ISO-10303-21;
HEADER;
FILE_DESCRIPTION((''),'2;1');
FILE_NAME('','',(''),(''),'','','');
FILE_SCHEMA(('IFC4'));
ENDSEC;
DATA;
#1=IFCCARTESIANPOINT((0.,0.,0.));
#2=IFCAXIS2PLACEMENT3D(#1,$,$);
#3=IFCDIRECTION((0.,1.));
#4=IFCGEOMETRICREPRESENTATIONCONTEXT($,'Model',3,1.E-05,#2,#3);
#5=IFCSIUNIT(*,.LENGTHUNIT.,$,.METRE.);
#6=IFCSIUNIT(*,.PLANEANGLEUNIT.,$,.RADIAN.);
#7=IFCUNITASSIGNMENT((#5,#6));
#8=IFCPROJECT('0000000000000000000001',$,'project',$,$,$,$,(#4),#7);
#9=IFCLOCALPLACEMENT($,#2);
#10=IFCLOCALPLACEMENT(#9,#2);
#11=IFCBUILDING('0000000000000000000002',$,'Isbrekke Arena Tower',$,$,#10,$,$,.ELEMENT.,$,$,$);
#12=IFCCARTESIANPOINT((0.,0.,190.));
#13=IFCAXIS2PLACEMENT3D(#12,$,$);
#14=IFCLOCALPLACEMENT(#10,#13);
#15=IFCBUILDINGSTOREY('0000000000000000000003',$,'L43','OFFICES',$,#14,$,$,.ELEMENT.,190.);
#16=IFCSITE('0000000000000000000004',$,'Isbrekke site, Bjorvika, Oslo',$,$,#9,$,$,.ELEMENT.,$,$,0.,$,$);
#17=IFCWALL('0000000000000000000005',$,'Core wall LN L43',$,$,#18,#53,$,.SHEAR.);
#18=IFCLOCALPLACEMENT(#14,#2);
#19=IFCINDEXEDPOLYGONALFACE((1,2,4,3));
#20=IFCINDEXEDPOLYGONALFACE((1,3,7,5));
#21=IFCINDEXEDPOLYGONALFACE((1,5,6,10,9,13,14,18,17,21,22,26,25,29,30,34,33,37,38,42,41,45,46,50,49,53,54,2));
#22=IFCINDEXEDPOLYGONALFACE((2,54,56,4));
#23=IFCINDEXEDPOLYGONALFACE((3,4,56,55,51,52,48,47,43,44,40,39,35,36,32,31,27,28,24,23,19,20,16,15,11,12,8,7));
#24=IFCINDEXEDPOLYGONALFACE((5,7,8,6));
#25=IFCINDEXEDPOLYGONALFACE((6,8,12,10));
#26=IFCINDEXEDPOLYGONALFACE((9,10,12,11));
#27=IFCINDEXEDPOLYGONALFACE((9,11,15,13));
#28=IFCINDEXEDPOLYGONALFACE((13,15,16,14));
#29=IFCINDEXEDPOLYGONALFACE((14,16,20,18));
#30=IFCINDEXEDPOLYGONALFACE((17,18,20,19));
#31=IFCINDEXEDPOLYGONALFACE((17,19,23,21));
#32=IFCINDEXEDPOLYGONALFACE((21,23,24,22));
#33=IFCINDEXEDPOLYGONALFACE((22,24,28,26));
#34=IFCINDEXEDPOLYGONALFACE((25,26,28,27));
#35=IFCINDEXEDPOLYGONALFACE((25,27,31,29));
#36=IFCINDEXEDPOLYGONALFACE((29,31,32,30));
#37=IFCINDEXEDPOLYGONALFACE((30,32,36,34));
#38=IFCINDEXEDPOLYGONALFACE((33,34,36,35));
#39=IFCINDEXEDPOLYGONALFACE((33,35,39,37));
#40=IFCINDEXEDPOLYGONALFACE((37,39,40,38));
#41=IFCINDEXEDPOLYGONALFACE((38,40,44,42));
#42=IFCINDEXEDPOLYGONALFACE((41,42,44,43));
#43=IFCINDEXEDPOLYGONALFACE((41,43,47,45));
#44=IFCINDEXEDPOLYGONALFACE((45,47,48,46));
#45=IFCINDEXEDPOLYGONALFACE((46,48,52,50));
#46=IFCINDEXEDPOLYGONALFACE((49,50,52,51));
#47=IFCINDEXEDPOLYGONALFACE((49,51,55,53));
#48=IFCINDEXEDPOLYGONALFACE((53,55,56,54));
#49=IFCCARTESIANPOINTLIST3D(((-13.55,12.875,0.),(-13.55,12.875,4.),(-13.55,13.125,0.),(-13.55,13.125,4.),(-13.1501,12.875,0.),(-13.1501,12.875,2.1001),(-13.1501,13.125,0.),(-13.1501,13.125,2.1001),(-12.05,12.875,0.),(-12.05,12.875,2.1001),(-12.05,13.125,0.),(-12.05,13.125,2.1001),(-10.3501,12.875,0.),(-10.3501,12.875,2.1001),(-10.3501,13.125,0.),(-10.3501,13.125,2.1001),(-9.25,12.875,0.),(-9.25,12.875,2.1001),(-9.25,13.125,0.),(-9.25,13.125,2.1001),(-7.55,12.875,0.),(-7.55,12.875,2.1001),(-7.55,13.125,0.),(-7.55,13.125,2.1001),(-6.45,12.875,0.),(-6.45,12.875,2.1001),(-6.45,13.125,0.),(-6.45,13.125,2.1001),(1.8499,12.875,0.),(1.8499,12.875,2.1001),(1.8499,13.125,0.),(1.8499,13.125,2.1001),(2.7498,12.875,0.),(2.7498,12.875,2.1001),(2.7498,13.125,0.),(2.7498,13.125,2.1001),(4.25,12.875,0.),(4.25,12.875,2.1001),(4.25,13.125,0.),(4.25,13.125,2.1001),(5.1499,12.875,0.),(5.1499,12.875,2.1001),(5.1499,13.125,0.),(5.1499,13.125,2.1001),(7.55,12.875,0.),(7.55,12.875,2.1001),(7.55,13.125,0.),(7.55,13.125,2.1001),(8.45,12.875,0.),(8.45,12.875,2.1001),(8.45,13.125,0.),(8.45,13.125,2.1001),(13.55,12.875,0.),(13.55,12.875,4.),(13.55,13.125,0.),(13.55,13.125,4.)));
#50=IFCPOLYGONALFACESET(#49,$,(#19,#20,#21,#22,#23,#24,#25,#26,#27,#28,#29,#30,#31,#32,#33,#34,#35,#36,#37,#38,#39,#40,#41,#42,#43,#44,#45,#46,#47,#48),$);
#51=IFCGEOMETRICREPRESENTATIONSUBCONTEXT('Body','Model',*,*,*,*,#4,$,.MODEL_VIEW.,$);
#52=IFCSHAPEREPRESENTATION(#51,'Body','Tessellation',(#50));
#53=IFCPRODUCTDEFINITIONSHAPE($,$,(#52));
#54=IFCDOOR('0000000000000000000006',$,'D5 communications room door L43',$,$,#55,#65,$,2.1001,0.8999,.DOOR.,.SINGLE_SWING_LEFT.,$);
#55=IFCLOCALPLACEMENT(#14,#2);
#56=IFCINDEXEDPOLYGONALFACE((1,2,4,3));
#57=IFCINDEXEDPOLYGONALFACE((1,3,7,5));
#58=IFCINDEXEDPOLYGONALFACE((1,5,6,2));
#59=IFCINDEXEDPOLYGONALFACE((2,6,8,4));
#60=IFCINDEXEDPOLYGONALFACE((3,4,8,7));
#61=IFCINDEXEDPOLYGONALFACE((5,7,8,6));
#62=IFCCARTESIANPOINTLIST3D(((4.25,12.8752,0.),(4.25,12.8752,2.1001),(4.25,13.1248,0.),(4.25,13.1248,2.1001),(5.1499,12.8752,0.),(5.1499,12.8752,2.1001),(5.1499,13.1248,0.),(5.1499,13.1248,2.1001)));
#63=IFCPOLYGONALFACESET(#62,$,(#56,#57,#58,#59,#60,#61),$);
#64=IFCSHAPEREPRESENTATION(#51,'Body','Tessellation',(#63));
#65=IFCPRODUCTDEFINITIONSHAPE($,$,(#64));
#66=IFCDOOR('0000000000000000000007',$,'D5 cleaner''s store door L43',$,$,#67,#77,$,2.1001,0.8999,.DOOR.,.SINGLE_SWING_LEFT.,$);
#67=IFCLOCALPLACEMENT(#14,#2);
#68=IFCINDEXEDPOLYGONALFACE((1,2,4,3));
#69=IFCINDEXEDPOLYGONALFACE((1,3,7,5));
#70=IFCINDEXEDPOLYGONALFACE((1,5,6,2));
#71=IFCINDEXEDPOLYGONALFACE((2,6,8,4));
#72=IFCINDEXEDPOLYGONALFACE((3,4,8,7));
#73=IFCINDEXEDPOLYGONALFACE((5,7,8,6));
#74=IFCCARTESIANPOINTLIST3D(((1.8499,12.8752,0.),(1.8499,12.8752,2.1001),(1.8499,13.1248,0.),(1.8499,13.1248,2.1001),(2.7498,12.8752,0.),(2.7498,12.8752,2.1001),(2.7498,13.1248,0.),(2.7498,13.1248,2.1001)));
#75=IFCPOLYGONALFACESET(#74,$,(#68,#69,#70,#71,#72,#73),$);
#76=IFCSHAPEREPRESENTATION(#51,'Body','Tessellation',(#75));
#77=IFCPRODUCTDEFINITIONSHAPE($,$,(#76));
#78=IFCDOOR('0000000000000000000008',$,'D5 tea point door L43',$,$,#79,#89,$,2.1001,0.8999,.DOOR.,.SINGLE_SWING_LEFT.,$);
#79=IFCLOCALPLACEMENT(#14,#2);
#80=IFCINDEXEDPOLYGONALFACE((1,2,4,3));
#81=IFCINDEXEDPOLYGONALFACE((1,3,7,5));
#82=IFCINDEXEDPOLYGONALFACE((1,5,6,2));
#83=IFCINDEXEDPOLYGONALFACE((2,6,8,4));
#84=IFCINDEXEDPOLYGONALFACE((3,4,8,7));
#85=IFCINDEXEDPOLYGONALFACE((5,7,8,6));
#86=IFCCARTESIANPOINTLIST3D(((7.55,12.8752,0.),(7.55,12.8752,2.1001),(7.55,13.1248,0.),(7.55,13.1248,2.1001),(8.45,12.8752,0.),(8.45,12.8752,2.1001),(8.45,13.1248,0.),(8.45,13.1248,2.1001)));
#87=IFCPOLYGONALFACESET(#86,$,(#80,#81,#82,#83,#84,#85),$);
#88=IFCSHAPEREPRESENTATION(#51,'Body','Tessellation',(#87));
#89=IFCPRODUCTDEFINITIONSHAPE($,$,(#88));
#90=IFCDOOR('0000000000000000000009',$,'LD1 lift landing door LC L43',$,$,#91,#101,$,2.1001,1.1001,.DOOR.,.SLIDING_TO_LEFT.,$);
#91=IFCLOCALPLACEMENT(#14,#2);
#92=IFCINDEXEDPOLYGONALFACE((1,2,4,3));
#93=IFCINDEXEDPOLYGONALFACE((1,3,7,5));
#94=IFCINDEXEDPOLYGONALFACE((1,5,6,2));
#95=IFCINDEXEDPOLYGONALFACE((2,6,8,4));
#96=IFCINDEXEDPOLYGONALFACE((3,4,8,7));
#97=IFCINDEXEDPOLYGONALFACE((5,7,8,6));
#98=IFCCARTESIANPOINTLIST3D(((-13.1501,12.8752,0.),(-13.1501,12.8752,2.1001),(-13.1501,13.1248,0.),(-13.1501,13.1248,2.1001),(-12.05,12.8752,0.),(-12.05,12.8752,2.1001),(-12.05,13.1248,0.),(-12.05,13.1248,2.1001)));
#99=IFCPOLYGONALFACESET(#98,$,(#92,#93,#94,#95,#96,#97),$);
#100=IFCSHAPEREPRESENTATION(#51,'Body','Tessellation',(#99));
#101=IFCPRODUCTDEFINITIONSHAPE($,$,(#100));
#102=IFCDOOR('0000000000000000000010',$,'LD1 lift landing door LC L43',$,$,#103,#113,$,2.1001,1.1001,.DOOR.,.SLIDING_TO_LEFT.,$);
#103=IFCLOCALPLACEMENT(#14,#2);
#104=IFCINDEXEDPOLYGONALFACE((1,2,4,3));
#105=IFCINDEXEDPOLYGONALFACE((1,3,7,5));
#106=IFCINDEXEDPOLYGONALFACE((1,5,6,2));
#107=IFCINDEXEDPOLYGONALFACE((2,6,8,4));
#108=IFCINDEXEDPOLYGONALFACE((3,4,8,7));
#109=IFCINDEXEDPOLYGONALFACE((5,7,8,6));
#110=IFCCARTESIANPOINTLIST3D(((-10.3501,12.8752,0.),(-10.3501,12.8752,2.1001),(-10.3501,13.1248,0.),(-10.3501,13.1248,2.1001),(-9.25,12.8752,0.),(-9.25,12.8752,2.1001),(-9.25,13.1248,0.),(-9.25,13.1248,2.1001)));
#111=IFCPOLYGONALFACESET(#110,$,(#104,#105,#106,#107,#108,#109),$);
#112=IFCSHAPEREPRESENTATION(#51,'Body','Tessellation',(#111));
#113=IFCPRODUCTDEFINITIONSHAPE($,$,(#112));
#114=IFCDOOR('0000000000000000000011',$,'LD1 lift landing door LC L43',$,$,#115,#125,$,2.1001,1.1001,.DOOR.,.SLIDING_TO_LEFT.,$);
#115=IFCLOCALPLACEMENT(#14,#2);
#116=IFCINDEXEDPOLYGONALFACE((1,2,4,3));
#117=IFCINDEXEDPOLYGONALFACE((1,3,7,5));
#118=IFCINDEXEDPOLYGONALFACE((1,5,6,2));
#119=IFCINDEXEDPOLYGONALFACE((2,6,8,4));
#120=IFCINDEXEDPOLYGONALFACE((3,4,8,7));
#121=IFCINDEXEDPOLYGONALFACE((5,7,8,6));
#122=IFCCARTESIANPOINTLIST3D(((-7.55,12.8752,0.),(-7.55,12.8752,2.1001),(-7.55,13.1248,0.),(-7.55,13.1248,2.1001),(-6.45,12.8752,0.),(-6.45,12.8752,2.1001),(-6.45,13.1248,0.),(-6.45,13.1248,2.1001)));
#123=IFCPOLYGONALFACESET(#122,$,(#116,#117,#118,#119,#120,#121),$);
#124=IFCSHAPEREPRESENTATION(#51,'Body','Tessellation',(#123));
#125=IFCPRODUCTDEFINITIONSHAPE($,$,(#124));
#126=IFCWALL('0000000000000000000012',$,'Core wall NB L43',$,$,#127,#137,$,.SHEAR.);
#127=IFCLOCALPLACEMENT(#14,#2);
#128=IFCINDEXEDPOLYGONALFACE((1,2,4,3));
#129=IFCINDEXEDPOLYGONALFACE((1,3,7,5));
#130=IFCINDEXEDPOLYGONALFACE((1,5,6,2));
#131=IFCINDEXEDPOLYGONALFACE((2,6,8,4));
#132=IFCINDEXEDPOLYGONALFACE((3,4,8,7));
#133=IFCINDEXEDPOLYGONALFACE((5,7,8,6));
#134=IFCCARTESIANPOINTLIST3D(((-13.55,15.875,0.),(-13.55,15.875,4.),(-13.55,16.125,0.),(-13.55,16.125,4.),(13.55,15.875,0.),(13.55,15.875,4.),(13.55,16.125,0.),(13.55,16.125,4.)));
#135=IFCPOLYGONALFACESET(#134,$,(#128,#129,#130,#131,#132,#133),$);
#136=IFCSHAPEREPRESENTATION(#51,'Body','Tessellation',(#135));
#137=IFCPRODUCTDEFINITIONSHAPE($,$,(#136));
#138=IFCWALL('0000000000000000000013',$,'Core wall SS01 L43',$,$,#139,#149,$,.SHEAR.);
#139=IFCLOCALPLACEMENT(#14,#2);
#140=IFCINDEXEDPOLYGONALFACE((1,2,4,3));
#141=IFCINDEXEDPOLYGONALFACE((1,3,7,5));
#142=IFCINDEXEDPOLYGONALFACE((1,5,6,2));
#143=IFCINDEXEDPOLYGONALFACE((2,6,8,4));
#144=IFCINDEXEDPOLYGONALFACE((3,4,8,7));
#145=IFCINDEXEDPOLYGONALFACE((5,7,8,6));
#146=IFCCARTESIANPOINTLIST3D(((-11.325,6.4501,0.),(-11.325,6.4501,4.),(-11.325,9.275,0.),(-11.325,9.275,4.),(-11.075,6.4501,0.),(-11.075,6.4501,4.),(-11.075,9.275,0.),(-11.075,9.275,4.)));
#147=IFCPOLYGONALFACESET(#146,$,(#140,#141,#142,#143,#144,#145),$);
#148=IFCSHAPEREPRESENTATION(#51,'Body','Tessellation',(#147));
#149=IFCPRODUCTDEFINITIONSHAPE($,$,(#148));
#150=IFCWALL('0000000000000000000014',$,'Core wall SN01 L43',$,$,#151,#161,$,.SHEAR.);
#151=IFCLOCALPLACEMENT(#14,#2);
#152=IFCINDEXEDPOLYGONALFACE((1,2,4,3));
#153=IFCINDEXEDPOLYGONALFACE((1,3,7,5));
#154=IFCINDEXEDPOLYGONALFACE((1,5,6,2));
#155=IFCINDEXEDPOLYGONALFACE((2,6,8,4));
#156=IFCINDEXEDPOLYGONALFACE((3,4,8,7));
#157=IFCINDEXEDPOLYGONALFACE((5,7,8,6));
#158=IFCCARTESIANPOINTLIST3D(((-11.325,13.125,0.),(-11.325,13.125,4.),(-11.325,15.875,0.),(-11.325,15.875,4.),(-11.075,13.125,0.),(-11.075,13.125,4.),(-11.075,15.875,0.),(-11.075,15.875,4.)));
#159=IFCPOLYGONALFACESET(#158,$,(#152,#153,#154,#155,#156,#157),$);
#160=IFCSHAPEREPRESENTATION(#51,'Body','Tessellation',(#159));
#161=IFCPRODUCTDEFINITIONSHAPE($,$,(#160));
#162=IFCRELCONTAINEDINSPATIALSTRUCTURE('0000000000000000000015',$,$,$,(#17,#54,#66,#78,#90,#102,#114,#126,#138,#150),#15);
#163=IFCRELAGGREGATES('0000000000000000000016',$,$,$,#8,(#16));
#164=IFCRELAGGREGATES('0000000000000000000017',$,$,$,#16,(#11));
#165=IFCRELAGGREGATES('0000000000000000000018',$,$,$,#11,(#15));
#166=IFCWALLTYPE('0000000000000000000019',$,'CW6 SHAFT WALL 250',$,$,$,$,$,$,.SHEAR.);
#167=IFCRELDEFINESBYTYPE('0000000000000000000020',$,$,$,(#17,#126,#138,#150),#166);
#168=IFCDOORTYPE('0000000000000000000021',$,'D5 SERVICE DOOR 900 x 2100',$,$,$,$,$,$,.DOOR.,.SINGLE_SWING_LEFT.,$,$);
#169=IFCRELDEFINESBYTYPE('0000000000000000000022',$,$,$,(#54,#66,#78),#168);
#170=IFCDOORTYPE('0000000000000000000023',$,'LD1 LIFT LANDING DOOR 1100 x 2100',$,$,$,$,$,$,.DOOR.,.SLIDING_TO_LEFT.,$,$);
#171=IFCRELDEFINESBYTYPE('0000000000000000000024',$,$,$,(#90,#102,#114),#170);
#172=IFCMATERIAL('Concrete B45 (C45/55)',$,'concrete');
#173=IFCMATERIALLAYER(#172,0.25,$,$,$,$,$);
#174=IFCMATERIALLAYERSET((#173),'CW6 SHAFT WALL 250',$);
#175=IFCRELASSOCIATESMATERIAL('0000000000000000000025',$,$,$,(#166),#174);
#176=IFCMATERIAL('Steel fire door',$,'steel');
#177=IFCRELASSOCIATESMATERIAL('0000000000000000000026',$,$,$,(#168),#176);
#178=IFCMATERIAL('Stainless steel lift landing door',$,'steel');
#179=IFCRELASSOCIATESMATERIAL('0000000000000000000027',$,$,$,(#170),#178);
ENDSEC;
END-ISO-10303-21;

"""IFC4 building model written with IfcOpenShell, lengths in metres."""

from ifc_helpers import new_model, si_unit, direction, frame, frame_2d, origin, place, context, subcontext, project, spatial, rectangle, extrude, material, layer, layer_set, type_object, element, fill, save


model = new_model("IFC4")

# Units and contexts
model_context = context("Model", 3, precision=1e-05, world=origin(), true_north=direction((0.0, 1.0)))
body_context = subcontext(model_context, "Body", "Model", "MODEL_VIEW")
ifc_project = project(units=[si_unit("LENGTHUNIT", "METRE"), si_unit("PLANEANGLEUNIT", "RADIAN")], contexts=[model_context])

# Site, building, storey
site_placement = place(None, origin())
site = spatial("IfcSite", under=ifc_project, at=site_placement, Name="Isbrekke site, Bjorvika, Oslo", CompositionType="ELEMENT", RefElevation=0.0)
building_placement = place(site_placement, origin())
building = spatial("IfcBuilding", under=site, at=building_placement, Name="Isbrekke Arena Tower", CompositionType="ELEMENT")
storey_placement = place(building_placement, frame((0.0, 0.0, 190.0)))
storey = spatial("IfcBuildingStorey", under=building, at=storey_placement, Name="L43", Description="OFFICES", CompositionType="ELEMENT", Elevation=190.0)

# Wall, openings, doors
ifc_material_1 = material(Name="Concrete B45 (C45/55)", Category="concrete")
ifc_layer_1 = layer(ifc_material_1, 0.25)
ifc_layer_set_1 = layer_set([ifc_layer_1], Name="CW6 SHAFT WALL 250")
wall_type_1 = type_object("IfcWallType", Name="CW6 SHAFT WALL 250", PredefinedType="SHEAR", material=ifc_layer_set_1)
ifc_material_2 = material(Name="Steel fire door", Category="steel")
door_type_1 = type_object("IfcDoorType", Name="D5 SERVICE DOOR 900 x 2100", OperationType="SINGLE_SWING_LEFT", PredefinedType="DOOR", material=ifc_material_2)
ifc_material_3 = material(Name="Stainless steel lift landing door", Category="steel")
door_type_2 = type_object("IfcDoorType", Name="LD1 LIFT LANDING DOOR 1100 x 2100", OperationType="SLIDING_TO_LEFT", PredefinedType="DOOR", material=ifc_material_3)
wall_1_placement = place(storey_placement, frame((-13.55, 13.0, 0.0), z_axis=(0.0, 0.0, 1.0), x_axis=(1.0, 0.0, 0.0)))
wall_1 = element("IfcWall", 1, at=wall_1_placement, inside=storey, type_object=wall_type_1, Name="Core wall LN L43", PredefinedType="SHEAR", context=body_context, shape_type="SweptSolid", body=[
    extrude(rectangle(XDim=27.1001, YDim=0.25, at=frame_2d((13.55, 0.0))), origin(), (0.0, 0.0, 1.0), 4.0),
])
opening_1_placement = place(wall_1_placement, frame((0.3999, 0.0, 0.0)))
opening_1 = element("IfcOpeningElement", 2, at=opening_1_placement, cuts=wall_1, PredefinedType="OPENING", context=body_context, shape_type="SweptSolid", body=[
    extrude(rectangle(XDim=1.1001, YDim=2.1001, at=frame_2d((0.55, 1.05))), frame((0.0, 0.1399, 0.0), z_axis=(0.0, -1.0, 0.0), x_axis=(1.0, 0.0, 0.0)), (0.0, 0.0, 1.0), 0.2798),
])
opening_2_placement = place(wall_1_placement, frame((3.2, 0.0, 0.0)))
opening_2 = element("IfcOpeningElement", 3, at=opening_2_placement, cuts=wall_1, PredefinedType="OPENING", context=body_context, shape_type="SweptSolid", body=[
    extrude(rectangle(XDim=1.1001, YDim=2.1001, at=frame_2d((0.55, 1.05))), frame((0.0, 0.1399, 0.0), z_axis=(0.0, -1.0, 0.0), x_axis=(1.0, 0.0, 0.0)), (0.0, 0.0, 1.0), 0.2798),
])
opening_3_placement = place(wall_1_placement, frame((6.0, 0.0, 0.0)))
opening_3 = element("IfcOpeningElement", 4, at=opening_3_placement, cuts=wall_1, PredefinedType="OPENING", context=body_context, shape_type="SweptSolid", body=[
    extrude(rectangle(XDim=1.1001, YDim=2.1001, at=frame_2d((0.55, 1.05))), frame((0.0, 0.1399, 0.0), z_axis=(0.0, -1.0, 0.0), x_axis=(1.0, 0.0, 0.0)), (0.0, 0.0, 1.0), 0.2798),
])
opening_4_placement = place(wall_1_placement, frame((17.8, 0.0, 0.0)))
opening_4 = element("IfcOpeningElement", 5, at=opening_4_placement, cuts=wall_1, PredefinedType="OPENING", context=body_context, shape_type="SweptSolid", body=[
    extrude(rectangle(XDim=0.8999, YDim=2.1001, at=frame_2d((0.45, 1.05))), frame((0.0, 0.1399, 0.0), z_axis=(0.0, -1.0, 0.0), x_axis=(1.0, 0.0, 0.0)), (0.0, 0.0, 1.0), 0.2798),
])
opening_5_placement = place(wall_1_placement, frame((15.3999, 0.0, 0.0)))
opening_5 = element("IfcOpeningElement", 6, at=opening_5_placement, cuts=wall_1, PredefinedType="OPENING", context=body_context, shape_type="SweptSolid", body=[
    extrude(rectangle(XDim=0.8999, YDim=2.1001, at=frame_2d((0.45, 1.05))), frame((0.0, 0.1399, 0.0), z_axis=(0.0, -1.0, 0.0), x_axis=(1.0, 0.0, 0.0)), (0.0, 0.0, 1.0), 0.2798),
])
opening_6_placement = place(wall_1_placement, frame((21.1001, 0.0, 0.0)))
opening_6 = element("IfcOpeningElement", 7, at=opening_6_placement, cuts=wall_1, PredefinedType="OPENING", context=body_context, shape_type="SweptSolid", body=[
    extrude(rectangle(XDim=0.8999, YDim=2.1001, at=frame_2d((0.45, 1.05))), frame((0.0, 0.1399, 0.0), z_axis=(0.0, -1.0, 0.0), x_axis=(1.0, 0.0, 0.0)), (0.0, 0.0, 1.0), 0.2798),
])
door_1_placement = place(opening_4_placement, origin())
door_1 = element("IfcDoor", 8, at=door_1_placement, inside=storey, type_object=door_type_1, Name="D5 communications room door L43", OperationType="SINGLE_SWING_LEFT", OverallHeight=2.1001, OverallWidth=0.8999, PredefinedType="DOOR", context=body_context, shape_type="SweptSolid", body=[
    extrude(rectangle(XDim=0.8999, YDim=2.1001, at=frame_2d((0.45, 1.05))), frame((0.0, 0.1248, 0.0), z_axis=(0.0, -1.0, 0.0), x_axis=(1.0, 0.0, 0.0)), (0.0, 0.0, 1.0), 0.2495),
])
fill(opening_4, door_1)
door_2_placement = place(opening_5_placement, origin())
door_2 = element("IfcDoor", 9, at=door_2_placement, inside=storey, type_object=door_type_1, Name="D5 cleaner's store door L43", OperationType="SINGLE_SWING_LEFT", OverallHeight=2.1001, OverallWidth=0.8999, PredefinedType="DOOR", context=body_context, shape_type="SweptSolid", body=[
    extrude(rectangle(XDim=0.8999, YDim=2.1001, at=frame_2d((0.45, 1.05))), frame((0.0, 0.1248, 0.0), z_axis=(0.0, -1.0, 0.0), x_axis=(1.0, 0.0, 0.0)), (0.0, 0.0, 1.0), 0.2495),
])
fill(opening_5, door_2)
door_3_placement = place(opening_6_placement, origin())
door_3 = element("IfcDoor", 10, at=door_3_placement, inside=storey, type_object=door_type_1, Name="D5 tea point door L43", OperationType="SINGLE_SWING_LEFT", OverallHeight=2.1001, OverallWidth=0.8999, PredefinedType="DOOR", context=body_context, shape_type="SweptSolid", body=[
    extrude(rectangle(XDim=0.8999, YDim=2.1001, at=frame_2d((0.45, 1.05))), frame((0.0, 0.1248, 0.0), z_axis=(0.0, -1.0, 0.0), x_axis=(1.0, 0.0, 0.0)), (0.0, 0.0, 1.0), 0.2495),
])
fill(opening_6, door_3)
door_4_placement = place(opening_1_placement, origin())
door_4 = element("IfcDoor", 11, at=door_4_placement, inside=storey, type_object=door_type_2, Name="LD1 lift landing door LC L43", OperationType="SLIDING_TO_LEFT", OverallHeight=2.1001, OverallWidth=1.1001, PredefinedType="DOOR", context=body_context, shape_type="SweptSolid", body=[
    extrude(rectangle(XDim=1.1001, YDim=2.1001, at=frame_2d((0.55, 1.05))), frame((0.0, 0.1248, 0.0), z_axis=(0.0, -1.0, 0.0), x_axis=(1.0, 0.0, 0.0)), (0.0, 0.0, 1.0), 0.2495),
])
fill(opening_1, door_4)
door_5_placement = place(opening_2_placement, origin())
door_5 = element("IfcDoor", 12, at=door_5_placement, inside=storey, type_object=door_type_2, Name="LD1 lift landing door LC L43", OperationType="SLIDING_TO_LEFT", OverallHeight=2.1001, OverallWidth=1.1001, PredefinedType="DOOR", context=body_context, shape_type="SweptSolid", body=[
    extrude(rectangle(XDim=1.1001, YDim=2.1001, at=frame_2d((0.55, 1.05))), frame((0.0, 0.1248, 0.0), z_axis=(0.0, -1.0, 0.0), x_axis=(1.0, 0.0, 0.0)), (0.0, 0.0, 1.0), 0.2495),
])
fill(opening_2, door_5)
door_6_placement = place(opening_3_placement, origin())
door_6 = element("IfcDoor", 13, at=door_6_placement, inside=storey, type_object=door_type_2, Name="LD1 lift landing door LC L43", OperationType="SLIDING_TO_LEFT", OverallHeight=2.1001, OverallWidth=1.1001, PredefinedType="DOOR", context=body_context, shape_type="SweptSolid", body=[
    extrude(rectangle(XDim=1.1001, YDim=2.1001, at=frame_2d((0.55, 1.05))), frame((0.0, 0.1248, 0.0), z_axis=(0.0, -1.0, 0.0), x_axis=(1.0, 0.0, 0.0)), (0.0, 0.0, 1.0), 0.2495),
])
fill(opening_3, door_6)

# Walls
wall_2_placement = place(storey_placement, frame((-13.55, 16.0, 0.0), z_axis=(0.0, 0.0, 1.0), x_axis=(1.0, 0.0, 0.0)))
element("IfcWall", 14, at=wall_2_placement, inside=storey, type_object=wall_type_1, Name="Core wall NB L43", PredefinedType="SHEAR", context=body_context, shape_type="SweptSolid", body=[
    extrude(rectangle(XDim=27.1001, YDim=0.25, at=frame_2d((13.55, 0.0))), origin(), (0.0, 0.0, 1.0), 4.0),
])
wall_3_placement = place(storey_placement, frame((-11.2, 6.45, 0.0), z_axis=(0.0, 0.0, 1.0), x_axis=(0.0, 1.0, 0.0)))
element("IfcWall", 15, at=wall_3_placement, inside=storey, type_object=wall_type_1, Name="Core wall SS01 L43", PredefinedType="SHEAR", context=body_context, shape_type="SweptSolid", body=[
    extrude(rectangle(XDim=2.825, YDim=0.25, at=frame_2d((1.4126, 0.0))), origin(), (0.0, 0.0, 1.0), 4.0),
])
wall_4_placement = place(storey_placement, frame((-11.2, 13.125, 0.0), z_axis=(0.0, 0.0, 1.0), x_axis=(0.0, 1.0, 0.0)))
element("IfcWall", 16, at=wall_4_placement, inside=storey, type_object=wall_type_1, Name="Core wall SN01 L43", PredefinedType="SHEAR", context=body_context, shape_type="SweptSolid", body=[
    extrude(rectangle(XDim=2.75, YDim=0.25, at=frame_2d((1.375, 0.0))), origin(), (0.0, 0.0, 1.0), 4.0),
])

save(model, "model.ifc")
